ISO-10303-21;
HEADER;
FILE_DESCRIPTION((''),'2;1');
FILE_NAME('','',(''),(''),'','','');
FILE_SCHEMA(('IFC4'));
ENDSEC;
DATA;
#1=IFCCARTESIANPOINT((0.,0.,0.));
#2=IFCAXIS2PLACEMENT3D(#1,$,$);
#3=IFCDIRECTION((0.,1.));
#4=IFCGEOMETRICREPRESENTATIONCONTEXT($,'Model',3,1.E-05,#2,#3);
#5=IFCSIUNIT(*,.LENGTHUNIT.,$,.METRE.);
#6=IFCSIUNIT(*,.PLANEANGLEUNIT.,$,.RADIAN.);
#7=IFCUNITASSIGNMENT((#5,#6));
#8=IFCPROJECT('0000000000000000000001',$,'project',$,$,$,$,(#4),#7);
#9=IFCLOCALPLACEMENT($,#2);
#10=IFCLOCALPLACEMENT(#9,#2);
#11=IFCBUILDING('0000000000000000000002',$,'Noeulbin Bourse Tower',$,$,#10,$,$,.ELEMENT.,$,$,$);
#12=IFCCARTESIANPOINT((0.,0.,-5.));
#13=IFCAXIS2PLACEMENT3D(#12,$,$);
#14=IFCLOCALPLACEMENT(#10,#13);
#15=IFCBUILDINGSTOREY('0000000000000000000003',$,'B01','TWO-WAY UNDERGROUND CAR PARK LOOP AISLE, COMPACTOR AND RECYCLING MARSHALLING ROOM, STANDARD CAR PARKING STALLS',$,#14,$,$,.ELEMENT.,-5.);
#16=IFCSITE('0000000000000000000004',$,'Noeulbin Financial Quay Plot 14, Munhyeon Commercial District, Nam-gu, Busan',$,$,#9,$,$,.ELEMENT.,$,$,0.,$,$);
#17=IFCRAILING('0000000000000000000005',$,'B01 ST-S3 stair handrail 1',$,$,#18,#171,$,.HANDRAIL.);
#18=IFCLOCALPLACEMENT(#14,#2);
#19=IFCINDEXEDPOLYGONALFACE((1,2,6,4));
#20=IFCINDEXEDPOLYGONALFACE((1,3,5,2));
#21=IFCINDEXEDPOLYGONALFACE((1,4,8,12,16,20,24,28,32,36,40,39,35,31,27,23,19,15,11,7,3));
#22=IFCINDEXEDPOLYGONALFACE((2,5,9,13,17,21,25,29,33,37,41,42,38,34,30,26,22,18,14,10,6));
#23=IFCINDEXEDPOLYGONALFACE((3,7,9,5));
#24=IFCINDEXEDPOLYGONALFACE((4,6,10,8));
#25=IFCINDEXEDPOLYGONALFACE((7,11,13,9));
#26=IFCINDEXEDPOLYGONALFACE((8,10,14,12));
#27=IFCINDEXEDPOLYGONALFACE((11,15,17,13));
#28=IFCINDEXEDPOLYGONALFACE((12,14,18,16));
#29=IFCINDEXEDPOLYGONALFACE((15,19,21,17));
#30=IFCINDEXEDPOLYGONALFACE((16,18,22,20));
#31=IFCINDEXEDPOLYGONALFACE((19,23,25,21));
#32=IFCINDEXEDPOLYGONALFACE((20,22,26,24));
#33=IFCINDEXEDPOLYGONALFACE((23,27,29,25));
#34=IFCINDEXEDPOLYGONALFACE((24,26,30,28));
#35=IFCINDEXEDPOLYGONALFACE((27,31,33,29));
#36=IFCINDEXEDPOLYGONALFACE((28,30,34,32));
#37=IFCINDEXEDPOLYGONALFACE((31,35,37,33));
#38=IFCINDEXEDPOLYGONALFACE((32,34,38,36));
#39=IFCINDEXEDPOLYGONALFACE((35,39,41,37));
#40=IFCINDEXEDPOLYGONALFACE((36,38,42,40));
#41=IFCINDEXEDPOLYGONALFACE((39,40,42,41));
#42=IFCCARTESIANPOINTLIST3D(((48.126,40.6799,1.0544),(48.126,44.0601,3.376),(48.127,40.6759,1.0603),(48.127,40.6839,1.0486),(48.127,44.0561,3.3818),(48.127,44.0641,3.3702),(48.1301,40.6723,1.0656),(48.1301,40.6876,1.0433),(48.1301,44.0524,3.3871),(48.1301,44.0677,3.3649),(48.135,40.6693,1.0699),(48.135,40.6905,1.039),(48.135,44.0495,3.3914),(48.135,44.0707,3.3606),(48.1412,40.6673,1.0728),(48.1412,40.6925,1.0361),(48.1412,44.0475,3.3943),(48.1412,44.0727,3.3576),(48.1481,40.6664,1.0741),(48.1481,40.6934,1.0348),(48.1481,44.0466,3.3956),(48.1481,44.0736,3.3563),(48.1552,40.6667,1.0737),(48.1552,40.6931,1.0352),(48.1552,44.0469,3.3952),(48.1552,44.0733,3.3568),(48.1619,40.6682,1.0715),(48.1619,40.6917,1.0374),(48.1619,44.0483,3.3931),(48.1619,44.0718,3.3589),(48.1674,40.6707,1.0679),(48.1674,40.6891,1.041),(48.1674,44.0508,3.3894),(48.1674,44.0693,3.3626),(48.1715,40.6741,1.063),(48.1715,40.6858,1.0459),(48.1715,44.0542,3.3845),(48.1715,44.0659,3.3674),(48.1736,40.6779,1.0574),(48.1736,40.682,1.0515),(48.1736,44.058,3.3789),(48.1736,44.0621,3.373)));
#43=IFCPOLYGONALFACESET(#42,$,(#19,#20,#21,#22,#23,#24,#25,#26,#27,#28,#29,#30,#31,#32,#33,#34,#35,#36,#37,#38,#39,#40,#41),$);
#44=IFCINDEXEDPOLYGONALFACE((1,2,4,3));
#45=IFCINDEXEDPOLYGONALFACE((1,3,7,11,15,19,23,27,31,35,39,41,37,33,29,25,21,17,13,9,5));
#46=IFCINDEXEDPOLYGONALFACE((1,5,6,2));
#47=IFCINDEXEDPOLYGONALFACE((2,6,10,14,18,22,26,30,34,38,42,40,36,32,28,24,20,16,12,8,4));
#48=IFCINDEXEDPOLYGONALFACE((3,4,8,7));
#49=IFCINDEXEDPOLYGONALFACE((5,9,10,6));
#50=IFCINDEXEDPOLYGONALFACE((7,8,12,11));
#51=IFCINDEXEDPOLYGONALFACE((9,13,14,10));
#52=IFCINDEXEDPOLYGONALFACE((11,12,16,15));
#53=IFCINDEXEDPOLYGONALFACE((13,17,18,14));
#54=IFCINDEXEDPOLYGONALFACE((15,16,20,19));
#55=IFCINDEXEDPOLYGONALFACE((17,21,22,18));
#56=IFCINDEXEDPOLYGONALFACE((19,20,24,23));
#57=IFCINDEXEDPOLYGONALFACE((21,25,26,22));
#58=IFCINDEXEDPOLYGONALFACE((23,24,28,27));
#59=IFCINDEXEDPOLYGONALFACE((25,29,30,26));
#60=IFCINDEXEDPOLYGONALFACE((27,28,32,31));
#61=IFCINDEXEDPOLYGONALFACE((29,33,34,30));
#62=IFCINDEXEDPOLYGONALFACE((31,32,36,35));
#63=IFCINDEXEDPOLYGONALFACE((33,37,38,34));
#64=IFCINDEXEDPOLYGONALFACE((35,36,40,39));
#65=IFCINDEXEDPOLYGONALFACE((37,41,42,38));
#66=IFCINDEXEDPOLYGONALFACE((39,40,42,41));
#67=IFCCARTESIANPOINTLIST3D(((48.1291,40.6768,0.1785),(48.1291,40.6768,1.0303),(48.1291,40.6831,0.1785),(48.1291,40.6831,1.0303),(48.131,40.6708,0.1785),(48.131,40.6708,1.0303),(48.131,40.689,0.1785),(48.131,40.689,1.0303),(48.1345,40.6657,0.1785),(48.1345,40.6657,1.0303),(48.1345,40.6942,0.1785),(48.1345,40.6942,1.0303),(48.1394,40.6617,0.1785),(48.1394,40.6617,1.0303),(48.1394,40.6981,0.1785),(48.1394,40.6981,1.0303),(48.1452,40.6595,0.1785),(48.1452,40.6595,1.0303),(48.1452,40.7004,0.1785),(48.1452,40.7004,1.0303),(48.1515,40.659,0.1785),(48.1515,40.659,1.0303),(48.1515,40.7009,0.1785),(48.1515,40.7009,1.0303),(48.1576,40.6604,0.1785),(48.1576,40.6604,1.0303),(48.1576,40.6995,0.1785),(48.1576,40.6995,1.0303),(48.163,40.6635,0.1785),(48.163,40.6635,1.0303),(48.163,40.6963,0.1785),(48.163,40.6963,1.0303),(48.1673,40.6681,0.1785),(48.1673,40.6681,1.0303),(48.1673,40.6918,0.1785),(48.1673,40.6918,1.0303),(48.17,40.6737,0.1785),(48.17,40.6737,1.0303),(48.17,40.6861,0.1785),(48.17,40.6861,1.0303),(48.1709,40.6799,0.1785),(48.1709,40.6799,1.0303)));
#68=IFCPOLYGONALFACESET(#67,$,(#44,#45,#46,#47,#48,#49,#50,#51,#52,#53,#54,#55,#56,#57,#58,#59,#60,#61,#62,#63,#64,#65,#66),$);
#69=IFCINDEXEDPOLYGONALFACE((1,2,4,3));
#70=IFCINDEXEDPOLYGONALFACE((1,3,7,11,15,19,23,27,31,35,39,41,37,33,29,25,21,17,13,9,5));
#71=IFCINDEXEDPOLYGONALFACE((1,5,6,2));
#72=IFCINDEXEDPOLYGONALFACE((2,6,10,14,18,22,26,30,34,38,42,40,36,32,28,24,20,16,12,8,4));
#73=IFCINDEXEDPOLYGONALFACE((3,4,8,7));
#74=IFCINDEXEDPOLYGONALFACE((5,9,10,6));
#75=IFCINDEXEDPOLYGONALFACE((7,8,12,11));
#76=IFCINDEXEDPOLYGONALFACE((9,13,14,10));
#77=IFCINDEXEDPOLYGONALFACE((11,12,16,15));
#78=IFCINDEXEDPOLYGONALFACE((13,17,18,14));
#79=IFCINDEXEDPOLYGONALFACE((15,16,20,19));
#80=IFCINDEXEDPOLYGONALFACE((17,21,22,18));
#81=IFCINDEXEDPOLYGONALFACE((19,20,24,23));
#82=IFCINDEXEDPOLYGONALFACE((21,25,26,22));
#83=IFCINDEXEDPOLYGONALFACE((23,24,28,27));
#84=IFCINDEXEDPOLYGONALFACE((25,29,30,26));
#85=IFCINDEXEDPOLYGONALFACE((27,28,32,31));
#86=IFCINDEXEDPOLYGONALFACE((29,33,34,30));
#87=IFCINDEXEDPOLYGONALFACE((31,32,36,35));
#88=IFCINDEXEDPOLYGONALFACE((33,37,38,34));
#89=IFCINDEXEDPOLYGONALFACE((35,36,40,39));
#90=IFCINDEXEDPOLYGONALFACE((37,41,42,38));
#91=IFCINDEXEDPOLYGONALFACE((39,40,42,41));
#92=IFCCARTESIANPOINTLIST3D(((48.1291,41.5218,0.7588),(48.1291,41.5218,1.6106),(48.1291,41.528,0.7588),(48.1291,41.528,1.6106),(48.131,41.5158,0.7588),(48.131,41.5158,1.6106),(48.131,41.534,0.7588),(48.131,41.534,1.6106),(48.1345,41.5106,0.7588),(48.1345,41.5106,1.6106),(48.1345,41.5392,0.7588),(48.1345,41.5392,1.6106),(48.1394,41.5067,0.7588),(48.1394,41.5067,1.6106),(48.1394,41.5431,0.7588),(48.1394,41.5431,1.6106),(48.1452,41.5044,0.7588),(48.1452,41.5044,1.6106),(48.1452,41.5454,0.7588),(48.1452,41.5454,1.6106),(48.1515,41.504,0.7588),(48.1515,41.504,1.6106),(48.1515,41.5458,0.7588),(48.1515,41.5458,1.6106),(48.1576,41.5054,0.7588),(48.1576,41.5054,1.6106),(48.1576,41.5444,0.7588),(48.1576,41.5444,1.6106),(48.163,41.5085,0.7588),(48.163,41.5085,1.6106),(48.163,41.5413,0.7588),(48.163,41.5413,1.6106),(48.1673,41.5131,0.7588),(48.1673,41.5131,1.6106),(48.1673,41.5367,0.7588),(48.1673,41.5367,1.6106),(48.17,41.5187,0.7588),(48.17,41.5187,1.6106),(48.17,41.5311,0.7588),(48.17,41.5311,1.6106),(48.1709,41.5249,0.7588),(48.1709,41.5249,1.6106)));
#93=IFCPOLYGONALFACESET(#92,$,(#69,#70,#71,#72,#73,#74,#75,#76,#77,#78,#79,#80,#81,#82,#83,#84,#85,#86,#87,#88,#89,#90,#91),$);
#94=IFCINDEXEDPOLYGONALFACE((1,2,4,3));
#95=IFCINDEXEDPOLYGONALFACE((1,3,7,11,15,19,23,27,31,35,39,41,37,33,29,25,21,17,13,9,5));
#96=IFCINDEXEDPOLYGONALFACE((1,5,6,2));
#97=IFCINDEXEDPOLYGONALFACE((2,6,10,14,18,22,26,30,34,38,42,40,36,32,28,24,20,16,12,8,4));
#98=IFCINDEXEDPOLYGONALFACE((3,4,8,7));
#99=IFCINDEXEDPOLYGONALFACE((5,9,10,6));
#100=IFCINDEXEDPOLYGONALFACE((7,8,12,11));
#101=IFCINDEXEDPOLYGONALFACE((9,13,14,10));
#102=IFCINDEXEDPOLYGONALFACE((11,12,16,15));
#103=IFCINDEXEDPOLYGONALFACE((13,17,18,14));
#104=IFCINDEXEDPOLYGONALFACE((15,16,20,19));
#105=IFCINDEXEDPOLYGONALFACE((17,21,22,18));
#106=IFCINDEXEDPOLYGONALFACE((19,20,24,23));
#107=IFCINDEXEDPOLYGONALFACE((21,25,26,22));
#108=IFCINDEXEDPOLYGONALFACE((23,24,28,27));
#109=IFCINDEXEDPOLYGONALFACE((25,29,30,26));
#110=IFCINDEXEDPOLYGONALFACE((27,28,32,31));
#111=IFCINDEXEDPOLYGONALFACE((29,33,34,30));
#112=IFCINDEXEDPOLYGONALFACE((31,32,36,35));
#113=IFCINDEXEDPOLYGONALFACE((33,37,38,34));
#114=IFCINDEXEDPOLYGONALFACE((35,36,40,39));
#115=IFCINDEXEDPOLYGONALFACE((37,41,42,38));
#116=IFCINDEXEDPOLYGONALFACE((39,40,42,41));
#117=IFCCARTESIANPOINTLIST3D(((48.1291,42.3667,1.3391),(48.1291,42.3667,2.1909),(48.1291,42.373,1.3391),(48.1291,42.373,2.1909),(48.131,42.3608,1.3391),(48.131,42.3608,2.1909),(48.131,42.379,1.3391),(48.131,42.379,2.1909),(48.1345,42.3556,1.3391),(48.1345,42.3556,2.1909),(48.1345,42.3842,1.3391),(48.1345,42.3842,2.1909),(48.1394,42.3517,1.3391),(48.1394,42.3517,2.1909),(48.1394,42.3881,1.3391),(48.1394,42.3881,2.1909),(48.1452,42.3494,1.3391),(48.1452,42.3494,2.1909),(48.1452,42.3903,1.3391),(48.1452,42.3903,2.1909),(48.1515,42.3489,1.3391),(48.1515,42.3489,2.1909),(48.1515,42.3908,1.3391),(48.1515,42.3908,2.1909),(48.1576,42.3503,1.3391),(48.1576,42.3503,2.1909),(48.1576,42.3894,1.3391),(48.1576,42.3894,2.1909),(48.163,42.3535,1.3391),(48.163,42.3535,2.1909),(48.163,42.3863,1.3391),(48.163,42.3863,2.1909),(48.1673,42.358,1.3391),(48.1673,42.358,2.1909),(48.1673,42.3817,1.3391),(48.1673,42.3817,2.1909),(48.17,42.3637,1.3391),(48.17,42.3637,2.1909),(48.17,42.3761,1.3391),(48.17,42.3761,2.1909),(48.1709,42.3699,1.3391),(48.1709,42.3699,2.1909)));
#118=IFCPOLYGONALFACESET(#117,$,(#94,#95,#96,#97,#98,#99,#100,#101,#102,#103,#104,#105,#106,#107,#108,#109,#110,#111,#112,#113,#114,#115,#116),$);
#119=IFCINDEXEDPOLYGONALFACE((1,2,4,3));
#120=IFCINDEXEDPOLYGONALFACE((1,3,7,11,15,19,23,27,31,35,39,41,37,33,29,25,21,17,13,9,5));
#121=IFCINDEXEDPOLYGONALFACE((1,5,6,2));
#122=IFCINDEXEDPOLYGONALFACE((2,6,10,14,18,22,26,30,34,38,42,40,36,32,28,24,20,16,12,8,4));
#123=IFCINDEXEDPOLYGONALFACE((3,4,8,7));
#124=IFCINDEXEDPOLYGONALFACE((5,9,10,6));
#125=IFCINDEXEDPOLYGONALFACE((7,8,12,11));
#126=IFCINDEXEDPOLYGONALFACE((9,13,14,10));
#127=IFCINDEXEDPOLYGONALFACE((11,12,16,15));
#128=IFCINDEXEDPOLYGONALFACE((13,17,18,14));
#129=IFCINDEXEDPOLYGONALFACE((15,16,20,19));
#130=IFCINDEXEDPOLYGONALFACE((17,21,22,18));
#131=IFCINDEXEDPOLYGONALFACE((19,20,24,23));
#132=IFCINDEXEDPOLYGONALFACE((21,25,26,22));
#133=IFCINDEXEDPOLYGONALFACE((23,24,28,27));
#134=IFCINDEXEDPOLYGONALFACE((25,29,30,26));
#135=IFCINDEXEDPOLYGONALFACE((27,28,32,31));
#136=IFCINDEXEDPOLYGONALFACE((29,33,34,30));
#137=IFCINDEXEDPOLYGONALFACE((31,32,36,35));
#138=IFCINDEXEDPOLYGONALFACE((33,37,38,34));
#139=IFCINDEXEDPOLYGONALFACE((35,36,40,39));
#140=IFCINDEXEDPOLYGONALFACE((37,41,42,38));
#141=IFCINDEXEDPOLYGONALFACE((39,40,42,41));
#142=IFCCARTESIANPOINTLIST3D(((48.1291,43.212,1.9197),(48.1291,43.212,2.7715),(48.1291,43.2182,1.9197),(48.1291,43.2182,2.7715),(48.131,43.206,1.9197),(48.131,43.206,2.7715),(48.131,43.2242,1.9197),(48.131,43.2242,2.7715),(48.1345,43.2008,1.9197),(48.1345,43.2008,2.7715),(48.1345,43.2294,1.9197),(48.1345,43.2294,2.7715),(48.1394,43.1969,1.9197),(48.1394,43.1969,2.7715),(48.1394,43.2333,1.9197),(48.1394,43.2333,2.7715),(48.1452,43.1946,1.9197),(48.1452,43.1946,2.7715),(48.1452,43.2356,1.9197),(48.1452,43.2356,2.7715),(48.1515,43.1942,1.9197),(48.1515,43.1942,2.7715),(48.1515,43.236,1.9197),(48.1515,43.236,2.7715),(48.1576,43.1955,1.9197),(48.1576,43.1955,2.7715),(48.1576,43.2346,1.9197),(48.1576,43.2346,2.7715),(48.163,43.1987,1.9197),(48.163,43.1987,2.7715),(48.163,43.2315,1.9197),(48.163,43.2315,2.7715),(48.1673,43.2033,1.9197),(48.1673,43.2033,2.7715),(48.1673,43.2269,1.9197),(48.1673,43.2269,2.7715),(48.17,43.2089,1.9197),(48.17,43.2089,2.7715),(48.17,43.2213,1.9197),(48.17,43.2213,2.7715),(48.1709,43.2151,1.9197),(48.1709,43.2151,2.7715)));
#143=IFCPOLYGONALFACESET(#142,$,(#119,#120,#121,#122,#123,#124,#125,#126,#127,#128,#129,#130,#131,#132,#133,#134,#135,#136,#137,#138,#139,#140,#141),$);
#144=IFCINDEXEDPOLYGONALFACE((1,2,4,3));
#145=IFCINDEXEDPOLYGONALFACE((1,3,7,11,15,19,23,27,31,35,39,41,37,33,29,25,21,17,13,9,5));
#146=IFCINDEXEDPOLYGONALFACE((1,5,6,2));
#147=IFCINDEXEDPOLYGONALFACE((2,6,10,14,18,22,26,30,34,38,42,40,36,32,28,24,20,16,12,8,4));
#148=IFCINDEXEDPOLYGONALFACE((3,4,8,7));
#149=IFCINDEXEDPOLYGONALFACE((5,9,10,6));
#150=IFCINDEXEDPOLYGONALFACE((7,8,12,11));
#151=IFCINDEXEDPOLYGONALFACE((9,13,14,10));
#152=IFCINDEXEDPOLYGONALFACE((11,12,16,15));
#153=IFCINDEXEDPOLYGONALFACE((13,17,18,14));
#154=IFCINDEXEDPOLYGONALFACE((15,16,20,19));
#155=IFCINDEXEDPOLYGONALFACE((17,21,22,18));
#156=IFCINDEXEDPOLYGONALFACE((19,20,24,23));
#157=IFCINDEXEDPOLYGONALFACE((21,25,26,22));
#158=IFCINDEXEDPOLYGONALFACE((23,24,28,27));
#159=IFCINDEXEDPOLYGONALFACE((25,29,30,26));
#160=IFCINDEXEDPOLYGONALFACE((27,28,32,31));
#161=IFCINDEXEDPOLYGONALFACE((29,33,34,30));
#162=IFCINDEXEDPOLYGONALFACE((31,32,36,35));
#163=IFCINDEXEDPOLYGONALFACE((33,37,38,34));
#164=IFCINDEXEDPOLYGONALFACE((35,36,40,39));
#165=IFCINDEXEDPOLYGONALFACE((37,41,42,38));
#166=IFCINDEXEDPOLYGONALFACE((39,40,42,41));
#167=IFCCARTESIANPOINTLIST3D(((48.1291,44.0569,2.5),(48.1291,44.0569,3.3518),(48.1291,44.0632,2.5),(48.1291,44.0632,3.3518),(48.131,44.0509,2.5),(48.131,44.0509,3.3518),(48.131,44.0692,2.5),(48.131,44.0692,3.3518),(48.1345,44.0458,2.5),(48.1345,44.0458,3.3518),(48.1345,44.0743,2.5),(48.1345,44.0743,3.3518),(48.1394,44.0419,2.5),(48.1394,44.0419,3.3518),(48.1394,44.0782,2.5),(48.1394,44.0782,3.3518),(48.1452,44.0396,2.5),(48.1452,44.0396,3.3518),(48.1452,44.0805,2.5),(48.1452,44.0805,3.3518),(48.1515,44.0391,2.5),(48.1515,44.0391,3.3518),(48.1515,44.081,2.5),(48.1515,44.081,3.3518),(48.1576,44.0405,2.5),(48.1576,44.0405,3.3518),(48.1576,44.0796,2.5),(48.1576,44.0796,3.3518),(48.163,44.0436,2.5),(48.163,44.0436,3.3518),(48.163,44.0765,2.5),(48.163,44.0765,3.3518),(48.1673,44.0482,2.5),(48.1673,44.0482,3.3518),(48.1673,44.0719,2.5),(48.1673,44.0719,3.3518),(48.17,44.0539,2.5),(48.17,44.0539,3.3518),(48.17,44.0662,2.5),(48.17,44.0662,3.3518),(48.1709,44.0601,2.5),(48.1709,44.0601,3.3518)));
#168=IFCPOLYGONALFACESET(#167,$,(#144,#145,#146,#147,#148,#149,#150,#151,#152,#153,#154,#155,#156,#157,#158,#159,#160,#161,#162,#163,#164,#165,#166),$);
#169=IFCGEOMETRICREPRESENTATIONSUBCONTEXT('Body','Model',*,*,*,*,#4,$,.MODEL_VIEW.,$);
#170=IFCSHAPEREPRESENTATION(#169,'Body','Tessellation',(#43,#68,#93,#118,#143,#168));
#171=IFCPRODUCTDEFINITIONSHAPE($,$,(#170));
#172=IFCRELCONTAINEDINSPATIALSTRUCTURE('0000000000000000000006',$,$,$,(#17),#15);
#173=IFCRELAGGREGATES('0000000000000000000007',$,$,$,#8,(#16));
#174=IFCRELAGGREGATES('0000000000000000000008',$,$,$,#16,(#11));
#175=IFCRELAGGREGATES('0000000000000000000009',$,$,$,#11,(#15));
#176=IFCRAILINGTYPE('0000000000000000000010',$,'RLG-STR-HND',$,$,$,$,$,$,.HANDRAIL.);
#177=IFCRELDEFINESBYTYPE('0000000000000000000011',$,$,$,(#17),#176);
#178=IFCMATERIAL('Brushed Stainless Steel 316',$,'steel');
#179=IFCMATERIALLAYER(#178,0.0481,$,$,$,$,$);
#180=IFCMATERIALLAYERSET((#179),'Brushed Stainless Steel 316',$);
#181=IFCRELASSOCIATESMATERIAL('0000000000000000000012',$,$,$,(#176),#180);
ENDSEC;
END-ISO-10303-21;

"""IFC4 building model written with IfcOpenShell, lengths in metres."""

from ifc_helpers import new_model, si_unit, direction, frame, origin, origin_2d, place, context, subcontext, project, spatial, circle, extrude, material, layer, layer_set, type_object, element, save


model = new_model("IFC4")

# Units and contexts
model_context = context("Model", 3, precision=1e-05, world=origin(), true_north=direction((0.0, 1.0)))
body_context = subcontext(model_context, "Body", "Model", "MODEL_VIEW")
ifc_project = project(units=[si_unit("LENGTHUNIT", "METRE"), si_unit("PLANEANGLEUNIT", "RADIAN")], contexts=[model_context])

# Site, building, storey
site_placement = place(None, origin())
site = spatial("IfcSite", under=ifc_project, at=site_placement, Name="Noeulbin Financial Quay Plot 14, Munhyeon Commercial District, Nam-gu, Busan", CompositionType="ELEMENT", RefElevation=0.0)
building_placement = place(site_placement, origin())
building = spatial("IfcBuilding", under=site, at=building_placement, Name="Noeulbin Bourse Tower", CompositionType="ELEMENT")
storey_placement = place(building_placement, frame((0.0, 0.0, -5.0)))
storey = spatial("IfcBuildingStorey", under=building, at=storey_placement, Name="B01", Description="TWO-WAY UNDERGROUND CAR PARK LOOP AISLE, COMPACTOR AND RECYCLING MARSHALLING ROOM, STANDARD CAR PARKING STALLS", CompositionType="ELEMENT", Elevation=-5.0)

# Railing
ifc_material_1 = material(Name="Brushed Stainless Steel 316", Category="steel")
ifc_layer_1 = layer(ifc_material_1, 0.0481)
ifc_layer_set_1 = layer_set([ifc_layer_1], Name="Brushed Stainless Steel 316")
railing_type_1 = type_object("IfcRailingType", Name="RLG-STR-HND", PredefinedType="HANDRAIL", material=ifc_layer_set_1)
railing_1_placement = place(storey_placement, frame((48.1499, 40.6799, 0.1785)))
element("IfcRailing", 1, at=railing_1_placement, inside=storey, type_object=railing_type_1, Name="B01 ST-S3 stair handrail 1", PredefinedType="HANDRAIL", context=body_context, shape_type="SweptSolid", body=[
    extrude(circle(Radius=0.0239, at=origin_2d()), frame((0.0, 0.0, 0.876), z_axis=(0.0, 0.824304, 0.566147), x_axis=(-1.0, 0.0, 0.0)), (0.0, 0.0, 1.0), 4.1006),
    extrude(circle(Radius=0.021, at=origin_2d()), origin(), (0.0, 0.0, 1.0), 0.8518),
    extrude(circle(Radius=0.021, at=origin_2d()), frame((0.0, 0.845, 0.5803)), (0.0, 0.0, 1.0), 0.8518),
    extrude(circle(Radius=0.021, at=origin_2d()), frame((0.0, 1.6899, 1.1606)), (0.0, 0.0, 1.0), 0.8518),
    extrude(circle(Radius=0.021, at=origin_2d()), frame((0.0, 2.5352, 1.7412)), (0.0, 0.0, 1.0), 0.8518),
    extrude(circle(Radius=0.021, at=origin_2d()), frame((0.0, 3.3801, 2.3215)), (0.0, 0.0, 1.0), 0.8518),
])

save(model, "model.ifc")
